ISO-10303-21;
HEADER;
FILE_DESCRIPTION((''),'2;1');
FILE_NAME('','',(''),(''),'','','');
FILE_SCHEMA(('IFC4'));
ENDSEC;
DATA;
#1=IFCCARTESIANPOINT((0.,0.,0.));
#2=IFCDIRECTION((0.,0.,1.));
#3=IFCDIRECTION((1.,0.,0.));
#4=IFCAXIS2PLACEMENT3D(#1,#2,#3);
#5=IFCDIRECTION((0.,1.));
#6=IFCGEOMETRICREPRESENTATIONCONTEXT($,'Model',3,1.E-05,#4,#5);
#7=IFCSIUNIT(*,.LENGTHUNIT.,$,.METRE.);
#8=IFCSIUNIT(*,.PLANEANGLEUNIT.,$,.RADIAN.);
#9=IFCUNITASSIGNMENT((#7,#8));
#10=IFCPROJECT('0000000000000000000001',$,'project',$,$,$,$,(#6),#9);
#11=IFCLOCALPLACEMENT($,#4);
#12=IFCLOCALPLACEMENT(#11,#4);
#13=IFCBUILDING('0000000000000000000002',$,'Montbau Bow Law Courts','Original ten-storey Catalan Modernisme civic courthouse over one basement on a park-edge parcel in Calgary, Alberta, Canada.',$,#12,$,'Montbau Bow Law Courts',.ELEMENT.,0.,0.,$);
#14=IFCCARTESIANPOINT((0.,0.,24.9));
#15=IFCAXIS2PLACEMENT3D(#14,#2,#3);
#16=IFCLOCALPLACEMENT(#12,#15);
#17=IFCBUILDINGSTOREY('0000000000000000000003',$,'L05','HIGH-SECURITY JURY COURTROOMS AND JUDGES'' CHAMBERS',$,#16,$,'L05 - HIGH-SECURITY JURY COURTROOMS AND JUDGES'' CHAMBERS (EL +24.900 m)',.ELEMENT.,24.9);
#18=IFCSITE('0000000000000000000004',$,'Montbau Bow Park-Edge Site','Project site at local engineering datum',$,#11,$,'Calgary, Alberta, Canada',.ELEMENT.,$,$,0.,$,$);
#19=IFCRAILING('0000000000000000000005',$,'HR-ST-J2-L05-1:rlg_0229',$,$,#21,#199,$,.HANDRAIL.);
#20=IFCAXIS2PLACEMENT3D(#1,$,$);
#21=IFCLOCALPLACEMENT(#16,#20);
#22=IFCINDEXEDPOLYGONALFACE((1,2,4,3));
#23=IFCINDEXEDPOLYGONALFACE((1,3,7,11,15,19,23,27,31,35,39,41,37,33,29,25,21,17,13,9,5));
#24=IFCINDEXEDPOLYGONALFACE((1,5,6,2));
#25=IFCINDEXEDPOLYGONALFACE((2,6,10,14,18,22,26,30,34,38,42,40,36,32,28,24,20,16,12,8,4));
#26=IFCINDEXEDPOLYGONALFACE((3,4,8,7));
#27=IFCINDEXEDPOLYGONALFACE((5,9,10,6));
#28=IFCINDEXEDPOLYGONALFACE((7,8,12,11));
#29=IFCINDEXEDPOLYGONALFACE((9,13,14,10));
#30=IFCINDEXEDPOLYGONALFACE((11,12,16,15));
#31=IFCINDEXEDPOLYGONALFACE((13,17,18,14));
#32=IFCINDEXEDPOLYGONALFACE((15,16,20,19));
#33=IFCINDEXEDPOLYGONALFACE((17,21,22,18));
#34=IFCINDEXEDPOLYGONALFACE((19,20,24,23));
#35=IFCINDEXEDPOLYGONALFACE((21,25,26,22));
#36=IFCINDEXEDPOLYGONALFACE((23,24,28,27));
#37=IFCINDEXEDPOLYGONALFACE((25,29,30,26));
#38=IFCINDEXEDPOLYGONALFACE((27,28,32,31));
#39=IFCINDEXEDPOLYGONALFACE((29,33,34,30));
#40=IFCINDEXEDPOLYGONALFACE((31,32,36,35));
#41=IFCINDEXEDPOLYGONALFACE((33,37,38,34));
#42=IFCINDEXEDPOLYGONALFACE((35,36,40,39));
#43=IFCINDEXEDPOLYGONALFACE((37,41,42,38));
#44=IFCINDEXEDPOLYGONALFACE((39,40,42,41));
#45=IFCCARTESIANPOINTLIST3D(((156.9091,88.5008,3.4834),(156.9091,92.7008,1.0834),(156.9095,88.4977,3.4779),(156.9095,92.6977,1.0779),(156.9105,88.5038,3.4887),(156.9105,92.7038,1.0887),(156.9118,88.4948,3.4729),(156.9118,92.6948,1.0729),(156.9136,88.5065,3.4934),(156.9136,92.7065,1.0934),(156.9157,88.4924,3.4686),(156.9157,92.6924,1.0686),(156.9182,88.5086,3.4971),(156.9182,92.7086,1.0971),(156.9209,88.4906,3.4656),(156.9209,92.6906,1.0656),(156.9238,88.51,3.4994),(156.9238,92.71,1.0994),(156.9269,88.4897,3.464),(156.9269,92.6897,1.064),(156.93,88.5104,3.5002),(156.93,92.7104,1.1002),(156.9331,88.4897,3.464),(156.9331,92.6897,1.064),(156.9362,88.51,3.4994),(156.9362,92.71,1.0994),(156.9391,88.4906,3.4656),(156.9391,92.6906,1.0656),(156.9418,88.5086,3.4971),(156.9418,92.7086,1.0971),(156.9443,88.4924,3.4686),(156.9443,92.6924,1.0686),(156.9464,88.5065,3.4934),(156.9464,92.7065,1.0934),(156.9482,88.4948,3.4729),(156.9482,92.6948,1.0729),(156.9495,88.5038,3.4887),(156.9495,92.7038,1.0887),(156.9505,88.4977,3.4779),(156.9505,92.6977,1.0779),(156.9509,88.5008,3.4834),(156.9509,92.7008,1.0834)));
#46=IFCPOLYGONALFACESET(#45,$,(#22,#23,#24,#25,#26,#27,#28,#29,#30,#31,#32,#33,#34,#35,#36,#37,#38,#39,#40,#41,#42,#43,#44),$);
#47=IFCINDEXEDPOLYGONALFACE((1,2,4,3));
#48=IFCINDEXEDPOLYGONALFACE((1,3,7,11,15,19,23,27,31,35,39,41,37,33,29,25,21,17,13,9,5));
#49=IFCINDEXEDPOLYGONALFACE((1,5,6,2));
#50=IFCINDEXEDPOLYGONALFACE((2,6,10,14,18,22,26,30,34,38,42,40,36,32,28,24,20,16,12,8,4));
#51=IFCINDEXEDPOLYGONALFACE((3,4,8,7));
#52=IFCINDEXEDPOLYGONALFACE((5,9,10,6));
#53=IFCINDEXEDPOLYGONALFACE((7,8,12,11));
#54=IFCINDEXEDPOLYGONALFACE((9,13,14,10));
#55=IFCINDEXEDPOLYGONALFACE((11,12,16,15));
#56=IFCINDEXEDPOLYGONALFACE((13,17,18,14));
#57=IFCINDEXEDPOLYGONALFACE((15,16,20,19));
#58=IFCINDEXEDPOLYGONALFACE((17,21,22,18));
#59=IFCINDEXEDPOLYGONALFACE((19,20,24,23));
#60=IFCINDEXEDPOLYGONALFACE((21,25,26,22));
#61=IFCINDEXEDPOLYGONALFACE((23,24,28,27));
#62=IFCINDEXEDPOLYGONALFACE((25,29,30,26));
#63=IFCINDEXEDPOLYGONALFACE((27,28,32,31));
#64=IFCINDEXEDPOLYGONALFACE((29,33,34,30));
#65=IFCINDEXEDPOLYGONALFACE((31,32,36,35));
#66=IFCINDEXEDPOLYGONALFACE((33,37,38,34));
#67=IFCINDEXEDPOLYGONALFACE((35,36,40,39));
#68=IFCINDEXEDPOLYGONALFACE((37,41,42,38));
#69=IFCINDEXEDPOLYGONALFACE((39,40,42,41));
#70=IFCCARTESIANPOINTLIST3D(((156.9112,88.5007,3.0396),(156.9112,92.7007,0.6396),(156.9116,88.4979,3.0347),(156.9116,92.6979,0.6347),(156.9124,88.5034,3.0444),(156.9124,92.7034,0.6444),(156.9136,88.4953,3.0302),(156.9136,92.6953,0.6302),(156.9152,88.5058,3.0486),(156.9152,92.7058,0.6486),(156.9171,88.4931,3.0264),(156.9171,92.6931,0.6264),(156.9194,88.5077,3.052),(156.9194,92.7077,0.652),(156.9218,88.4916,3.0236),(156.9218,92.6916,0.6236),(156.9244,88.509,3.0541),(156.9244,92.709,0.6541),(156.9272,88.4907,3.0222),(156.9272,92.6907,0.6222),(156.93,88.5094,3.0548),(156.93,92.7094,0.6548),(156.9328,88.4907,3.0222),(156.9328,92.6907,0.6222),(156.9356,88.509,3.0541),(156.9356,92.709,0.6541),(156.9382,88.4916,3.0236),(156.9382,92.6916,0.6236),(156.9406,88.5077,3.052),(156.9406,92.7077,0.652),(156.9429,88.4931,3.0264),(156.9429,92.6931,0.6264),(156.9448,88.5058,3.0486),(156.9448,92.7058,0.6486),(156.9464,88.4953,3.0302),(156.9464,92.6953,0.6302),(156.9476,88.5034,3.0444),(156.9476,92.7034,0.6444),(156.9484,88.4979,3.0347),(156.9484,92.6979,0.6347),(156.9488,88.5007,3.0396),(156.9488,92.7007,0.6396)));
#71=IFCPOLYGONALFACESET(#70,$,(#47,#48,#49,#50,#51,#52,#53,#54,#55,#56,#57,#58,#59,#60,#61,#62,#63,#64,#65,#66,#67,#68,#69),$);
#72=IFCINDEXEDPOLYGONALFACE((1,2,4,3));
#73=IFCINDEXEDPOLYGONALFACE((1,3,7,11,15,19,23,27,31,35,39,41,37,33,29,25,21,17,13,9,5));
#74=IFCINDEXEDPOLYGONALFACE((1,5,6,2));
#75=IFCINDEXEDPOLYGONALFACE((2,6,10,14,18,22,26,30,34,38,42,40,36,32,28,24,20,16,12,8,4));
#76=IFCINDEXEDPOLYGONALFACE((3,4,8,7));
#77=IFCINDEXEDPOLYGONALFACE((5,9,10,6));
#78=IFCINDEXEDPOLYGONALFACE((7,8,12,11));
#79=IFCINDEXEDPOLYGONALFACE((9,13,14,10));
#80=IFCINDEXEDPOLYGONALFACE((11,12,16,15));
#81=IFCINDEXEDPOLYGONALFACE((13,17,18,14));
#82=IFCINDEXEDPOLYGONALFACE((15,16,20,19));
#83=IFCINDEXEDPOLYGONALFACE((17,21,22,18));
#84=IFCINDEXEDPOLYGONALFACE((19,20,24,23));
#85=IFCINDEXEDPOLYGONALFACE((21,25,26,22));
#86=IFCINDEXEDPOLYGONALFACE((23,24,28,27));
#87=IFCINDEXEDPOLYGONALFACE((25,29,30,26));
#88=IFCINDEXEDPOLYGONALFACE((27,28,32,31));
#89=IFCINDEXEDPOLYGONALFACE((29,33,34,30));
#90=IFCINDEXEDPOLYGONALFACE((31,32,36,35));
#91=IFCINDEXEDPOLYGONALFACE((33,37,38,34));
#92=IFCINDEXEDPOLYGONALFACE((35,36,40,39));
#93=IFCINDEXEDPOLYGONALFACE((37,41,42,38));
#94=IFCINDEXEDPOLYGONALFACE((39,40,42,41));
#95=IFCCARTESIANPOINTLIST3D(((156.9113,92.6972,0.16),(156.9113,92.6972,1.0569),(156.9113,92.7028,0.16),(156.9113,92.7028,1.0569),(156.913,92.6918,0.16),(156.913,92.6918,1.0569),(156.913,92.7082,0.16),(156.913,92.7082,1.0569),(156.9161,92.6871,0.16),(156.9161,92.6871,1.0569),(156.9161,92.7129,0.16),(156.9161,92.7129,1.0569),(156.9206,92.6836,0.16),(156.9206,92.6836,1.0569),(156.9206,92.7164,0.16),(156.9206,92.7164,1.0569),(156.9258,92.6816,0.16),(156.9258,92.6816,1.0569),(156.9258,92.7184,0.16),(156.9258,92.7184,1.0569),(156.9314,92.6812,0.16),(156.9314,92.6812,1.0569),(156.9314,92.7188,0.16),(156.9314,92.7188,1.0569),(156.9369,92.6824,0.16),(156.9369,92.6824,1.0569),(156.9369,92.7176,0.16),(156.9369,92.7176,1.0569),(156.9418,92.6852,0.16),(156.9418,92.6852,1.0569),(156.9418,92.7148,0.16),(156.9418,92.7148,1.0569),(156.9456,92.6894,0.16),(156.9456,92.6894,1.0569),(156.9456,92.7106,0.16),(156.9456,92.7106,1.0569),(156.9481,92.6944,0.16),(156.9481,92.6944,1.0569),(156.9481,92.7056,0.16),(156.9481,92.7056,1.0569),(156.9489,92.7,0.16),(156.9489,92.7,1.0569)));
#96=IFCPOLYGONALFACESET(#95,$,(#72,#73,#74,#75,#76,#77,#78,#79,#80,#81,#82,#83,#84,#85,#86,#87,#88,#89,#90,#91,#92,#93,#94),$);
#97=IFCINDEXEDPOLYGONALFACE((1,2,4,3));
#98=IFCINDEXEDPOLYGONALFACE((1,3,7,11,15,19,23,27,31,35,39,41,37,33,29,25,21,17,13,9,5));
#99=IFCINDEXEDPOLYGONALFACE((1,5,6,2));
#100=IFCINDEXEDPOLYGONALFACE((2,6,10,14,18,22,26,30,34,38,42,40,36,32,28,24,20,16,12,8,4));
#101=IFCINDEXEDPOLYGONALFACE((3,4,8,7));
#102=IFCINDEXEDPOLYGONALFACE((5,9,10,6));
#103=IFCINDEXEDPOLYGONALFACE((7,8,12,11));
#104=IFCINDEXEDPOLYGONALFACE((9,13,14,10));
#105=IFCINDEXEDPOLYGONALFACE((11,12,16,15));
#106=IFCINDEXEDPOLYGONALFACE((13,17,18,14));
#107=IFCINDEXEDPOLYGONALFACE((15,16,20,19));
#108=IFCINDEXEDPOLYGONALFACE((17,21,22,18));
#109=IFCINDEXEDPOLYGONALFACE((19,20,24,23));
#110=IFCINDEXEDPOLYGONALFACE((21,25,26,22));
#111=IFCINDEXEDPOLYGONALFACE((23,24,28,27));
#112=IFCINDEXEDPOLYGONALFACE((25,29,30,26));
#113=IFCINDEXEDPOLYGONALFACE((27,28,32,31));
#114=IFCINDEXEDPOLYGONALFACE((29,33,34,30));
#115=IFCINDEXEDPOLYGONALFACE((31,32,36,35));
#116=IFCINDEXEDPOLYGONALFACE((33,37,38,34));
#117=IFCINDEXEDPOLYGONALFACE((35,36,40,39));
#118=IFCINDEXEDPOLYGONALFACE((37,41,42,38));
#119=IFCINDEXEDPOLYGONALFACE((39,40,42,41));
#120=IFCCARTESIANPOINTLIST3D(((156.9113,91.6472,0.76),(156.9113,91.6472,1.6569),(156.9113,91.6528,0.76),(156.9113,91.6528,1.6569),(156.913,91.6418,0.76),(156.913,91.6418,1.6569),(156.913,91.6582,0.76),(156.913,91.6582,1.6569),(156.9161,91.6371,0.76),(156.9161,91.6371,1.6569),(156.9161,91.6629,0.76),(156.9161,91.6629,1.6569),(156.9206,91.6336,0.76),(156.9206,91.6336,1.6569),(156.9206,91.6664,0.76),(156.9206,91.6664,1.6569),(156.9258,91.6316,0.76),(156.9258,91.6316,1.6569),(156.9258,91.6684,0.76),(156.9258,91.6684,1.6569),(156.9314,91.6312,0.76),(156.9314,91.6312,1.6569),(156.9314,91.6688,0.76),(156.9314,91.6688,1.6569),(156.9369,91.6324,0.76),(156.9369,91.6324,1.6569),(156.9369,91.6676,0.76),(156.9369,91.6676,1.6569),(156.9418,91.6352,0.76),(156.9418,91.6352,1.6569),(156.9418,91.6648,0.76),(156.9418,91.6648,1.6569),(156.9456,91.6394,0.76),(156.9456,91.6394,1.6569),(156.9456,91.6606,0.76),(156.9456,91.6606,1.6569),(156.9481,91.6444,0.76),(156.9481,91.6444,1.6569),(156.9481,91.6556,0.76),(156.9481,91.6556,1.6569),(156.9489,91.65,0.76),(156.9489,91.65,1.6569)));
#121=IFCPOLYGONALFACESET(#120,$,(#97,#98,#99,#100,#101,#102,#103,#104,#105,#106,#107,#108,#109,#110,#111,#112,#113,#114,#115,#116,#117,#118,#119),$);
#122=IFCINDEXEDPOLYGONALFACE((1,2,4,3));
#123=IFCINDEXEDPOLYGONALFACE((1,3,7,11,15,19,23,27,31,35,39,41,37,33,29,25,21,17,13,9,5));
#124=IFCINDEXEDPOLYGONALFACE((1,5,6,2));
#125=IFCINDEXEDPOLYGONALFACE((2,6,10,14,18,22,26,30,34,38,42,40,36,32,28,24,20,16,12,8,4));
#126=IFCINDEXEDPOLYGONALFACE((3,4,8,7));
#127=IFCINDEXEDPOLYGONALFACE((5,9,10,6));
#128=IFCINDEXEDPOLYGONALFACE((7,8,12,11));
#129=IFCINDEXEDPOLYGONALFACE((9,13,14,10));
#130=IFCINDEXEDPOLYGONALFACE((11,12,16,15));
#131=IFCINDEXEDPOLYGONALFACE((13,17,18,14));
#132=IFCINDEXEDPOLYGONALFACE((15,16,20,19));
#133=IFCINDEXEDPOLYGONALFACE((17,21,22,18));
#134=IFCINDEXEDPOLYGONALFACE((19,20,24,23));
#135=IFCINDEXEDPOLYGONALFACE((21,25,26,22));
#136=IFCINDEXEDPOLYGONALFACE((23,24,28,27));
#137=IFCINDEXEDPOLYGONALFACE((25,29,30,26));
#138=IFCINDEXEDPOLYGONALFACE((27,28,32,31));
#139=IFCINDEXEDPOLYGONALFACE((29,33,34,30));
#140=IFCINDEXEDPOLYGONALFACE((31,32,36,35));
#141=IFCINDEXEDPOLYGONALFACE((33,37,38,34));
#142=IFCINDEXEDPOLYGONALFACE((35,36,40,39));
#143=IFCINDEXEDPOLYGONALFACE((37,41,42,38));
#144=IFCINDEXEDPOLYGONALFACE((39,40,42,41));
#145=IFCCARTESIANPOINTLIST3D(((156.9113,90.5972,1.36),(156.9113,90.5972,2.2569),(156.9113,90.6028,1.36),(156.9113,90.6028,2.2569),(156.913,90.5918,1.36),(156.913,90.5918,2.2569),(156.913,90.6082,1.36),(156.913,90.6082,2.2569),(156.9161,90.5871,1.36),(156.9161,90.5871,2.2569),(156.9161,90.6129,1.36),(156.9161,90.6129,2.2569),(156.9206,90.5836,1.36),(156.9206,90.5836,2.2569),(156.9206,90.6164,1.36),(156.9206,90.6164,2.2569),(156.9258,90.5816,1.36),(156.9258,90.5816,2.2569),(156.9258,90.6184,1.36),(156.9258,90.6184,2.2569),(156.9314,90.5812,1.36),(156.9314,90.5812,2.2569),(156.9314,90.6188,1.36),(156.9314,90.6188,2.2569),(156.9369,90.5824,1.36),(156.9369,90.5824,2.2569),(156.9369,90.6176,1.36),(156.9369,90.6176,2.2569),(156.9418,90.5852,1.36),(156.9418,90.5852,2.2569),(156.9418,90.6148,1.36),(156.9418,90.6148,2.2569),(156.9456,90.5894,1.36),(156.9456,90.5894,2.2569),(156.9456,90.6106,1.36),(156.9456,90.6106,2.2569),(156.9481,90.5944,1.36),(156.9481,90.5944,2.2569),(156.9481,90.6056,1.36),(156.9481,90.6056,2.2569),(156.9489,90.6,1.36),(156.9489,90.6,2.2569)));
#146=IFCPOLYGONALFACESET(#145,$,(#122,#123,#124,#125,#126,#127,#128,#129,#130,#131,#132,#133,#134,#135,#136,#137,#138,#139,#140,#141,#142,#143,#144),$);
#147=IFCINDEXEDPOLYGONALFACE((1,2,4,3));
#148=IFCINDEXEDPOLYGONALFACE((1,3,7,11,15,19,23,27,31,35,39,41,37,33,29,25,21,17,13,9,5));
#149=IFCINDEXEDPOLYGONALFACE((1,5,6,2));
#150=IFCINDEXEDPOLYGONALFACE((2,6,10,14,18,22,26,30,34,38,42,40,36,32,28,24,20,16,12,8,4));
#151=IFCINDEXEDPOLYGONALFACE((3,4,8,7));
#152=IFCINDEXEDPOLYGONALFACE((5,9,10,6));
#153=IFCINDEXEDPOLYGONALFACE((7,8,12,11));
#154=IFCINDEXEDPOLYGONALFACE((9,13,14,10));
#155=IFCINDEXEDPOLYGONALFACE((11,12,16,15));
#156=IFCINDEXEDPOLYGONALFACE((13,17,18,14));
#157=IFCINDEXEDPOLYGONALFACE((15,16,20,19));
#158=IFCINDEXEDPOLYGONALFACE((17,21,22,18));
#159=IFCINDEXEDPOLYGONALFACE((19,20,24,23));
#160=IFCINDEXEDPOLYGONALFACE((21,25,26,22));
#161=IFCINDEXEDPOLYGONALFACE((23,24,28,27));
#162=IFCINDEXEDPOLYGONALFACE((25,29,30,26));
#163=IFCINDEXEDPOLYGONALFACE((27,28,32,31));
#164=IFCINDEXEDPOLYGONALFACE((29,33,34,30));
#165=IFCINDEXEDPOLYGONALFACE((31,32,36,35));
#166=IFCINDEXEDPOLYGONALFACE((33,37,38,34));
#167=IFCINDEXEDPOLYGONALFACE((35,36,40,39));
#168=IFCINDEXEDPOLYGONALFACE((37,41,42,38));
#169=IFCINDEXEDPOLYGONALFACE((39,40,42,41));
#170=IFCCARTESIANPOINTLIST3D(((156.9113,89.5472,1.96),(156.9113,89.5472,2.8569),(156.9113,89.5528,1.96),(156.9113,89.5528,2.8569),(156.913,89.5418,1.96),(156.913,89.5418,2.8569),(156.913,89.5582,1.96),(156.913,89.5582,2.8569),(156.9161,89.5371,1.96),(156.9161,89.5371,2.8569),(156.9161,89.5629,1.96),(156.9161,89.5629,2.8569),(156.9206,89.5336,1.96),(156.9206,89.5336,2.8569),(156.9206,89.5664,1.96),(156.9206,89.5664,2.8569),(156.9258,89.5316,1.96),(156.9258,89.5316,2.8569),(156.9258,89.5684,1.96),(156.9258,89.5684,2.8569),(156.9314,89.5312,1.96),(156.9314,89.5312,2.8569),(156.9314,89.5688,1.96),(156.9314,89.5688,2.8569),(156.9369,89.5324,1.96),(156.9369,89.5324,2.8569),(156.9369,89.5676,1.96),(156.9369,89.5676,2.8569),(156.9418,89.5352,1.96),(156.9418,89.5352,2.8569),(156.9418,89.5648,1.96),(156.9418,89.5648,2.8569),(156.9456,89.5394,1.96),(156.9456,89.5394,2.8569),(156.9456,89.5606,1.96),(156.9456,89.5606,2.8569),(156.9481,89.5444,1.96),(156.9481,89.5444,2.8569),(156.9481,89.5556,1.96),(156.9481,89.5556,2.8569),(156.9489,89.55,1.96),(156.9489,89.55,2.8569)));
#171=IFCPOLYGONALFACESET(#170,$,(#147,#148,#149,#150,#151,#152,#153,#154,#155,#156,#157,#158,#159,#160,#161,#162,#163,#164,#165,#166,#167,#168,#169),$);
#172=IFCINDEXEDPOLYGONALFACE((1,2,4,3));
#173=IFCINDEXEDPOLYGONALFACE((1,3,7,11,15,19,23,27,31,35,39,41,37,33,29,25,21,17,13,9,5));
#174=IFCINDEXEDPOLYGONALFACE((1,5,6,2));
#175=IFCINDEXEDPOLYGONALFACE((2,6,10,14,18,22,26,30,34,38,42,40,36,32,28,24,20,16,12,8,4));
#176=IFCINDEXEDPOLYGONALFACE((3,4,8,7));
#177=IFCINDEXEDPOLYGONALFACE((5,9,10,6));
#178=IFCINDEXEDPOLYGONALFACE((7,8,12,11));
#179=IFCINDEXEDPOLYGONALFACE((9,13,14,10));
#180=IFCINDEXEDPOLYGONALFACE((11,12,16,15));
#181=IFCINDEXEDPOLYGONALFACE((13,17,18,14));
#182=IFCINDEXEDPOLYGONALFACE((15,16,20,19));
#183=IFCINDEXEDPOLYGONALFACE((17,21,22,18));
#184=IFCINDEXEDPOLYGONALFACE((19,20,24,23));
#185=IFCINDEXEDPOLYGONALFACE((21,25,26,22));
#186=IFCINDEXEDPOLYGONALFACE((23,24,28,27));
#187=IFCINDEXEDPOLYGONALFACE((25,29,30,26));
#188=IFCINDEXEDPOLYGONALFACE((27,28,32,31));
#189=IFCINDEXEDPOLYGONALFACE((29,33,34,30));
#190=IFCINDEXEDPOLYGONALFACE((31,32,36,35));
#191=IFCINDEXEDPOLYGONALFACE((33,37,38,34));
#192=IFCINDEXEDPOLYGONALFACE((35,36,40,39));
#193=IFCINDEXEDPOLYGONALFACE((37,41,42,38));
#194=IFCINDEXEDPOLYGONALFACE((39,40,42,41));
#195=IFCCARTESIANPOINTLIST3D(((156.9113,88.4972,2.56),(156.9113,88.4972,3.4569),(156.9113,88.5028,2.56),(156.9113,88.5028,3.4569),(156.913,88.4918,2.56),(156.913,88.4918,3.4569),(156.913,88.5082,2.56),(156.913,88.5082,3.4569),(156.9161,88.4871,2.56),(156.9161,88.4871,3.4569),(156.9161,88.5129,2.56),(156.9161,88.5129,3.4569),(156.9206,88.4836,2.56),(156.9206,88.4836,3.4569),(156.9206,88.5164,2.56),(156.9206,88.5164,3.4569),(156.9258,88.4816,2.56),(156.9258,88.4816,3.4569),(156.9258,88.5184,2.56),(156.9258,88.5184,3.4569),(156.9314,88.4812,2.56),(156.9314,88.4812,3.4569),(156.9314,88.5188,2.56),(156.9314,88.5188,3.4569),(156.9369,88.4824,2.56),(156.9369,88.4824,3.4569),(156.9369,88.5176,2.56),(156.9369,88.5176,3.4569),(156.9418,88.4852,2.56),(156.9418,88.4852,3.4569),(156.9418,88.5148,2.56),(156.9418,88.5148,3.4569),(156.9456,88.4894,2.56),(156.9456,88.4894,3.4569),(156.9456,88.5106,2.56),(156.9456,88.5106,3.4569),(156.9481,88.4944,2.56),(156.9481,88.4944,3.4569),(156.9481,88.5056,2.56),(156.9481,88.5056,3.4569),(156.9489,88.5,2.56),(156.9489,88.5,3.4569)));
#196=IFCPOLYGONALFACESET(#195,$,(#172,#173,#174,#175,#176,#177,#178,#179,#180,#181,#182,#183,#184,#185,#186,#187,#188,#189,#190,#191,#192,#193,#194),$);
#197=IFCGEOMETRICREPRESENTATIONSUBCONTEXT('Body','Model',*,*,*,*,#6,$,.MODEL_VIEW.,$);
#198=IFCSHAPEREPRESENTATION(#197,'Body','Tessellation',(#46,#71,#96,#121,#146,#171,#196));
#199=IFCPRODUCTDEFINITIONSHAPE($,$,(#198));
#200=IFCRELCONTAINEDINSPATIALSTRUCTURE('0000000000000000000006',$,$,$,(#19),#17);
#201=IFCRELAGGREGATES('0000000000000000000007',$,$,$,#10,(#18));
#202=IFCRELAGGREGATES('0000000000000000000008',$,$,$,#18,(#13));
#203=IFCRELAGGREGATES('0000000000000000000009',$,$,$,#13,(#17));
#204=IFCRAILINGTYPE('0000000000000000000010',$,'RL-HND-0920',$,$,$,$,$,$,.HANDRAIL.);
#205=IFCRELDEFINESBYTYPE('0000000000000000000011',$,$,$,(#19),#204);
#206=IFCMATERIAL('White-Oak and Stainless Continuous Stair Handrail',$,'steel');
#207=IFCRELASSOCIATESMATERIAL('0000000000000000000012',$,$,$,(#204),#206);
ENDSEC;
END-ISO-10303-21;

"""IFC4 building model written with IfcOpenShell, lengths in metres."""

from ifc_helpers import new_model, si_unit, direction, frame, origin_with_axes, origin_2d_with_axis, place, context, subcontext, project, spatial, circle, extrude, material, type_object, element, save


model = new_model("IFC4")

# Units and contexts
model_context = context("Model", 3, precision=1e-05, world=origin_with_axes(), true_north=direction((0.0, 1.0)))
body_context = subcontext(model_context, "Body", "Model", "MODEL_VIEW")
ifc_project = project(units=[si_unit("LENGTHUNIT", "METRE"), si_unit("PLANEANGLEUNIT", "RADIAN")], contexts=[model_context])

# Site, building, storey
site_placement = place(None, origin_with_axes())
site = spatial("IfcSite", under=ifc_project, at=site_placement, Name="Montbau Bow Park-Edge Site", Description="Project site at local engineering datum", LongName="Calgary, Alberta, Canada", CompositionType="ELEMENT", RefElevation=0.0)
building_placement = place(site_placement, origin_with_axes())
building = spatial("IfcBuilding", under=site, at=building_placement, Name="Montbau Bow Law Courts", Description="Original ten-storey Catalan Modernisme civic courthouse over one basement on a park-edge parcel in Calgary, Alberta, Canada.", LongName="Montbau Bow Law Courts", CompositionType="ELEMENT", ElevationOfRefHeight=0.0, ElevationOfTerrain=0.0)
storey_placement = place(building_placement, frame((0.0, 0.0, 24.9), z_axis=(0.0, 0.0, 1.0), x_axis=(1.0, 0.0, 0.0)))
storey = spatial("IfcBuildingStorey", under=building, at=storey_placement, Name="L05", Description="HIGH-SECURITY JURY COURTROOMS AND JUDGES' CHAMBERS", LongName="L05 - HIGH-SECURITY JURY COURTROOMS AND JUDGES' CHAMBERS (EL +24.900 m)", CompositionType="ELEMENT", Elevation=24.9)

# Railing
ifc_material_1 = material(Name="White-Oak and Stainless Continuous Stair Handrail", Category="steel")
railing_type_1 = type_object("IfcRailingType", Name="RL-HND-0920", PredefinedType="HANDRAIL", material=ifc_material_1)
railing_1_placement = place(None, origin_with_axes())
element("IfcRailing", 1, at=railing_1_placement, inside=storey, type_object=railing_type_1, Name="HR-ST-J2-L05-1:rlg_0229", PredefinedType="HANDRAIL", context=body_context, shape_type="SweptSolid", body=[
    extrude(circle(Radius=0.021, at=origin_2d_with_axis()), frame((156.93, 92.7, 25.982), z_axis=(0.0, -0.868243, 0.496139), x_axis=(0.0, 0.496139, 0.868243)), (0.0, 0.0, 1.0), 4.8374),
    extrude(circle(Radius=0.0189, at=origin_2d_with_axis()), frame((156.93, 92.7, 25.5384), z_axis=(0.0, -0.868243, 0.496139), x_axis=(0.0, 0.496139, 0.868243)), (0.0, 0.0, 1.0), 4.8374),
    extrude(circle(Radius=0.0189, at=origin_2d_with_axis()), frame((156.93, 92.7, 25.06), z_axis=(0.0, 0.0, 1.0), x_axis=(1.0, 0.0, 0.0)), (0.0, 0.0, 1.0), 0.8969),
    extrude(circle(Radius=0.0189, at=origin_2d_with_axis()), frame((156.93, 91.65, 25.66), z_axis=(0.0, 0.0, 1.0), x_axis=(1.0, 0.0, 0.0)), (0.0, 0.0, 1.0), 0.8969),
    extrude(circle(Radius=0.0189, at=origin_2d_with_axis()), frame((156.93, 90.6, 26.26), z_axis=(0.0, 0.0, 1.0), x_axis=(1.0, 0.0, 0.0)), (0.0, 0.0, 1.0), 0.8969),
    extrude(circle(Radius=0.0189, at=origin_2d_with_axis()), frame((156.93, 89.55, 26.86), z_axis=(0.0, 0.0, 1.0), x_axis=(1.0, 0.0, 0.0)), (0.0, 0.0, 1.0), 0.8969),
    extrude(circle(Radius=0.0189, at=origin_2d_with_axis()), frame((156.93, 88.5, 27.46), z_axis=(0.0, 0.0, 1.0), x_axis=(1.0, 0.0, 0.0)), (0.0, 0.0, 1.0), 0.8969),
])

save(model, "model.ifc")
